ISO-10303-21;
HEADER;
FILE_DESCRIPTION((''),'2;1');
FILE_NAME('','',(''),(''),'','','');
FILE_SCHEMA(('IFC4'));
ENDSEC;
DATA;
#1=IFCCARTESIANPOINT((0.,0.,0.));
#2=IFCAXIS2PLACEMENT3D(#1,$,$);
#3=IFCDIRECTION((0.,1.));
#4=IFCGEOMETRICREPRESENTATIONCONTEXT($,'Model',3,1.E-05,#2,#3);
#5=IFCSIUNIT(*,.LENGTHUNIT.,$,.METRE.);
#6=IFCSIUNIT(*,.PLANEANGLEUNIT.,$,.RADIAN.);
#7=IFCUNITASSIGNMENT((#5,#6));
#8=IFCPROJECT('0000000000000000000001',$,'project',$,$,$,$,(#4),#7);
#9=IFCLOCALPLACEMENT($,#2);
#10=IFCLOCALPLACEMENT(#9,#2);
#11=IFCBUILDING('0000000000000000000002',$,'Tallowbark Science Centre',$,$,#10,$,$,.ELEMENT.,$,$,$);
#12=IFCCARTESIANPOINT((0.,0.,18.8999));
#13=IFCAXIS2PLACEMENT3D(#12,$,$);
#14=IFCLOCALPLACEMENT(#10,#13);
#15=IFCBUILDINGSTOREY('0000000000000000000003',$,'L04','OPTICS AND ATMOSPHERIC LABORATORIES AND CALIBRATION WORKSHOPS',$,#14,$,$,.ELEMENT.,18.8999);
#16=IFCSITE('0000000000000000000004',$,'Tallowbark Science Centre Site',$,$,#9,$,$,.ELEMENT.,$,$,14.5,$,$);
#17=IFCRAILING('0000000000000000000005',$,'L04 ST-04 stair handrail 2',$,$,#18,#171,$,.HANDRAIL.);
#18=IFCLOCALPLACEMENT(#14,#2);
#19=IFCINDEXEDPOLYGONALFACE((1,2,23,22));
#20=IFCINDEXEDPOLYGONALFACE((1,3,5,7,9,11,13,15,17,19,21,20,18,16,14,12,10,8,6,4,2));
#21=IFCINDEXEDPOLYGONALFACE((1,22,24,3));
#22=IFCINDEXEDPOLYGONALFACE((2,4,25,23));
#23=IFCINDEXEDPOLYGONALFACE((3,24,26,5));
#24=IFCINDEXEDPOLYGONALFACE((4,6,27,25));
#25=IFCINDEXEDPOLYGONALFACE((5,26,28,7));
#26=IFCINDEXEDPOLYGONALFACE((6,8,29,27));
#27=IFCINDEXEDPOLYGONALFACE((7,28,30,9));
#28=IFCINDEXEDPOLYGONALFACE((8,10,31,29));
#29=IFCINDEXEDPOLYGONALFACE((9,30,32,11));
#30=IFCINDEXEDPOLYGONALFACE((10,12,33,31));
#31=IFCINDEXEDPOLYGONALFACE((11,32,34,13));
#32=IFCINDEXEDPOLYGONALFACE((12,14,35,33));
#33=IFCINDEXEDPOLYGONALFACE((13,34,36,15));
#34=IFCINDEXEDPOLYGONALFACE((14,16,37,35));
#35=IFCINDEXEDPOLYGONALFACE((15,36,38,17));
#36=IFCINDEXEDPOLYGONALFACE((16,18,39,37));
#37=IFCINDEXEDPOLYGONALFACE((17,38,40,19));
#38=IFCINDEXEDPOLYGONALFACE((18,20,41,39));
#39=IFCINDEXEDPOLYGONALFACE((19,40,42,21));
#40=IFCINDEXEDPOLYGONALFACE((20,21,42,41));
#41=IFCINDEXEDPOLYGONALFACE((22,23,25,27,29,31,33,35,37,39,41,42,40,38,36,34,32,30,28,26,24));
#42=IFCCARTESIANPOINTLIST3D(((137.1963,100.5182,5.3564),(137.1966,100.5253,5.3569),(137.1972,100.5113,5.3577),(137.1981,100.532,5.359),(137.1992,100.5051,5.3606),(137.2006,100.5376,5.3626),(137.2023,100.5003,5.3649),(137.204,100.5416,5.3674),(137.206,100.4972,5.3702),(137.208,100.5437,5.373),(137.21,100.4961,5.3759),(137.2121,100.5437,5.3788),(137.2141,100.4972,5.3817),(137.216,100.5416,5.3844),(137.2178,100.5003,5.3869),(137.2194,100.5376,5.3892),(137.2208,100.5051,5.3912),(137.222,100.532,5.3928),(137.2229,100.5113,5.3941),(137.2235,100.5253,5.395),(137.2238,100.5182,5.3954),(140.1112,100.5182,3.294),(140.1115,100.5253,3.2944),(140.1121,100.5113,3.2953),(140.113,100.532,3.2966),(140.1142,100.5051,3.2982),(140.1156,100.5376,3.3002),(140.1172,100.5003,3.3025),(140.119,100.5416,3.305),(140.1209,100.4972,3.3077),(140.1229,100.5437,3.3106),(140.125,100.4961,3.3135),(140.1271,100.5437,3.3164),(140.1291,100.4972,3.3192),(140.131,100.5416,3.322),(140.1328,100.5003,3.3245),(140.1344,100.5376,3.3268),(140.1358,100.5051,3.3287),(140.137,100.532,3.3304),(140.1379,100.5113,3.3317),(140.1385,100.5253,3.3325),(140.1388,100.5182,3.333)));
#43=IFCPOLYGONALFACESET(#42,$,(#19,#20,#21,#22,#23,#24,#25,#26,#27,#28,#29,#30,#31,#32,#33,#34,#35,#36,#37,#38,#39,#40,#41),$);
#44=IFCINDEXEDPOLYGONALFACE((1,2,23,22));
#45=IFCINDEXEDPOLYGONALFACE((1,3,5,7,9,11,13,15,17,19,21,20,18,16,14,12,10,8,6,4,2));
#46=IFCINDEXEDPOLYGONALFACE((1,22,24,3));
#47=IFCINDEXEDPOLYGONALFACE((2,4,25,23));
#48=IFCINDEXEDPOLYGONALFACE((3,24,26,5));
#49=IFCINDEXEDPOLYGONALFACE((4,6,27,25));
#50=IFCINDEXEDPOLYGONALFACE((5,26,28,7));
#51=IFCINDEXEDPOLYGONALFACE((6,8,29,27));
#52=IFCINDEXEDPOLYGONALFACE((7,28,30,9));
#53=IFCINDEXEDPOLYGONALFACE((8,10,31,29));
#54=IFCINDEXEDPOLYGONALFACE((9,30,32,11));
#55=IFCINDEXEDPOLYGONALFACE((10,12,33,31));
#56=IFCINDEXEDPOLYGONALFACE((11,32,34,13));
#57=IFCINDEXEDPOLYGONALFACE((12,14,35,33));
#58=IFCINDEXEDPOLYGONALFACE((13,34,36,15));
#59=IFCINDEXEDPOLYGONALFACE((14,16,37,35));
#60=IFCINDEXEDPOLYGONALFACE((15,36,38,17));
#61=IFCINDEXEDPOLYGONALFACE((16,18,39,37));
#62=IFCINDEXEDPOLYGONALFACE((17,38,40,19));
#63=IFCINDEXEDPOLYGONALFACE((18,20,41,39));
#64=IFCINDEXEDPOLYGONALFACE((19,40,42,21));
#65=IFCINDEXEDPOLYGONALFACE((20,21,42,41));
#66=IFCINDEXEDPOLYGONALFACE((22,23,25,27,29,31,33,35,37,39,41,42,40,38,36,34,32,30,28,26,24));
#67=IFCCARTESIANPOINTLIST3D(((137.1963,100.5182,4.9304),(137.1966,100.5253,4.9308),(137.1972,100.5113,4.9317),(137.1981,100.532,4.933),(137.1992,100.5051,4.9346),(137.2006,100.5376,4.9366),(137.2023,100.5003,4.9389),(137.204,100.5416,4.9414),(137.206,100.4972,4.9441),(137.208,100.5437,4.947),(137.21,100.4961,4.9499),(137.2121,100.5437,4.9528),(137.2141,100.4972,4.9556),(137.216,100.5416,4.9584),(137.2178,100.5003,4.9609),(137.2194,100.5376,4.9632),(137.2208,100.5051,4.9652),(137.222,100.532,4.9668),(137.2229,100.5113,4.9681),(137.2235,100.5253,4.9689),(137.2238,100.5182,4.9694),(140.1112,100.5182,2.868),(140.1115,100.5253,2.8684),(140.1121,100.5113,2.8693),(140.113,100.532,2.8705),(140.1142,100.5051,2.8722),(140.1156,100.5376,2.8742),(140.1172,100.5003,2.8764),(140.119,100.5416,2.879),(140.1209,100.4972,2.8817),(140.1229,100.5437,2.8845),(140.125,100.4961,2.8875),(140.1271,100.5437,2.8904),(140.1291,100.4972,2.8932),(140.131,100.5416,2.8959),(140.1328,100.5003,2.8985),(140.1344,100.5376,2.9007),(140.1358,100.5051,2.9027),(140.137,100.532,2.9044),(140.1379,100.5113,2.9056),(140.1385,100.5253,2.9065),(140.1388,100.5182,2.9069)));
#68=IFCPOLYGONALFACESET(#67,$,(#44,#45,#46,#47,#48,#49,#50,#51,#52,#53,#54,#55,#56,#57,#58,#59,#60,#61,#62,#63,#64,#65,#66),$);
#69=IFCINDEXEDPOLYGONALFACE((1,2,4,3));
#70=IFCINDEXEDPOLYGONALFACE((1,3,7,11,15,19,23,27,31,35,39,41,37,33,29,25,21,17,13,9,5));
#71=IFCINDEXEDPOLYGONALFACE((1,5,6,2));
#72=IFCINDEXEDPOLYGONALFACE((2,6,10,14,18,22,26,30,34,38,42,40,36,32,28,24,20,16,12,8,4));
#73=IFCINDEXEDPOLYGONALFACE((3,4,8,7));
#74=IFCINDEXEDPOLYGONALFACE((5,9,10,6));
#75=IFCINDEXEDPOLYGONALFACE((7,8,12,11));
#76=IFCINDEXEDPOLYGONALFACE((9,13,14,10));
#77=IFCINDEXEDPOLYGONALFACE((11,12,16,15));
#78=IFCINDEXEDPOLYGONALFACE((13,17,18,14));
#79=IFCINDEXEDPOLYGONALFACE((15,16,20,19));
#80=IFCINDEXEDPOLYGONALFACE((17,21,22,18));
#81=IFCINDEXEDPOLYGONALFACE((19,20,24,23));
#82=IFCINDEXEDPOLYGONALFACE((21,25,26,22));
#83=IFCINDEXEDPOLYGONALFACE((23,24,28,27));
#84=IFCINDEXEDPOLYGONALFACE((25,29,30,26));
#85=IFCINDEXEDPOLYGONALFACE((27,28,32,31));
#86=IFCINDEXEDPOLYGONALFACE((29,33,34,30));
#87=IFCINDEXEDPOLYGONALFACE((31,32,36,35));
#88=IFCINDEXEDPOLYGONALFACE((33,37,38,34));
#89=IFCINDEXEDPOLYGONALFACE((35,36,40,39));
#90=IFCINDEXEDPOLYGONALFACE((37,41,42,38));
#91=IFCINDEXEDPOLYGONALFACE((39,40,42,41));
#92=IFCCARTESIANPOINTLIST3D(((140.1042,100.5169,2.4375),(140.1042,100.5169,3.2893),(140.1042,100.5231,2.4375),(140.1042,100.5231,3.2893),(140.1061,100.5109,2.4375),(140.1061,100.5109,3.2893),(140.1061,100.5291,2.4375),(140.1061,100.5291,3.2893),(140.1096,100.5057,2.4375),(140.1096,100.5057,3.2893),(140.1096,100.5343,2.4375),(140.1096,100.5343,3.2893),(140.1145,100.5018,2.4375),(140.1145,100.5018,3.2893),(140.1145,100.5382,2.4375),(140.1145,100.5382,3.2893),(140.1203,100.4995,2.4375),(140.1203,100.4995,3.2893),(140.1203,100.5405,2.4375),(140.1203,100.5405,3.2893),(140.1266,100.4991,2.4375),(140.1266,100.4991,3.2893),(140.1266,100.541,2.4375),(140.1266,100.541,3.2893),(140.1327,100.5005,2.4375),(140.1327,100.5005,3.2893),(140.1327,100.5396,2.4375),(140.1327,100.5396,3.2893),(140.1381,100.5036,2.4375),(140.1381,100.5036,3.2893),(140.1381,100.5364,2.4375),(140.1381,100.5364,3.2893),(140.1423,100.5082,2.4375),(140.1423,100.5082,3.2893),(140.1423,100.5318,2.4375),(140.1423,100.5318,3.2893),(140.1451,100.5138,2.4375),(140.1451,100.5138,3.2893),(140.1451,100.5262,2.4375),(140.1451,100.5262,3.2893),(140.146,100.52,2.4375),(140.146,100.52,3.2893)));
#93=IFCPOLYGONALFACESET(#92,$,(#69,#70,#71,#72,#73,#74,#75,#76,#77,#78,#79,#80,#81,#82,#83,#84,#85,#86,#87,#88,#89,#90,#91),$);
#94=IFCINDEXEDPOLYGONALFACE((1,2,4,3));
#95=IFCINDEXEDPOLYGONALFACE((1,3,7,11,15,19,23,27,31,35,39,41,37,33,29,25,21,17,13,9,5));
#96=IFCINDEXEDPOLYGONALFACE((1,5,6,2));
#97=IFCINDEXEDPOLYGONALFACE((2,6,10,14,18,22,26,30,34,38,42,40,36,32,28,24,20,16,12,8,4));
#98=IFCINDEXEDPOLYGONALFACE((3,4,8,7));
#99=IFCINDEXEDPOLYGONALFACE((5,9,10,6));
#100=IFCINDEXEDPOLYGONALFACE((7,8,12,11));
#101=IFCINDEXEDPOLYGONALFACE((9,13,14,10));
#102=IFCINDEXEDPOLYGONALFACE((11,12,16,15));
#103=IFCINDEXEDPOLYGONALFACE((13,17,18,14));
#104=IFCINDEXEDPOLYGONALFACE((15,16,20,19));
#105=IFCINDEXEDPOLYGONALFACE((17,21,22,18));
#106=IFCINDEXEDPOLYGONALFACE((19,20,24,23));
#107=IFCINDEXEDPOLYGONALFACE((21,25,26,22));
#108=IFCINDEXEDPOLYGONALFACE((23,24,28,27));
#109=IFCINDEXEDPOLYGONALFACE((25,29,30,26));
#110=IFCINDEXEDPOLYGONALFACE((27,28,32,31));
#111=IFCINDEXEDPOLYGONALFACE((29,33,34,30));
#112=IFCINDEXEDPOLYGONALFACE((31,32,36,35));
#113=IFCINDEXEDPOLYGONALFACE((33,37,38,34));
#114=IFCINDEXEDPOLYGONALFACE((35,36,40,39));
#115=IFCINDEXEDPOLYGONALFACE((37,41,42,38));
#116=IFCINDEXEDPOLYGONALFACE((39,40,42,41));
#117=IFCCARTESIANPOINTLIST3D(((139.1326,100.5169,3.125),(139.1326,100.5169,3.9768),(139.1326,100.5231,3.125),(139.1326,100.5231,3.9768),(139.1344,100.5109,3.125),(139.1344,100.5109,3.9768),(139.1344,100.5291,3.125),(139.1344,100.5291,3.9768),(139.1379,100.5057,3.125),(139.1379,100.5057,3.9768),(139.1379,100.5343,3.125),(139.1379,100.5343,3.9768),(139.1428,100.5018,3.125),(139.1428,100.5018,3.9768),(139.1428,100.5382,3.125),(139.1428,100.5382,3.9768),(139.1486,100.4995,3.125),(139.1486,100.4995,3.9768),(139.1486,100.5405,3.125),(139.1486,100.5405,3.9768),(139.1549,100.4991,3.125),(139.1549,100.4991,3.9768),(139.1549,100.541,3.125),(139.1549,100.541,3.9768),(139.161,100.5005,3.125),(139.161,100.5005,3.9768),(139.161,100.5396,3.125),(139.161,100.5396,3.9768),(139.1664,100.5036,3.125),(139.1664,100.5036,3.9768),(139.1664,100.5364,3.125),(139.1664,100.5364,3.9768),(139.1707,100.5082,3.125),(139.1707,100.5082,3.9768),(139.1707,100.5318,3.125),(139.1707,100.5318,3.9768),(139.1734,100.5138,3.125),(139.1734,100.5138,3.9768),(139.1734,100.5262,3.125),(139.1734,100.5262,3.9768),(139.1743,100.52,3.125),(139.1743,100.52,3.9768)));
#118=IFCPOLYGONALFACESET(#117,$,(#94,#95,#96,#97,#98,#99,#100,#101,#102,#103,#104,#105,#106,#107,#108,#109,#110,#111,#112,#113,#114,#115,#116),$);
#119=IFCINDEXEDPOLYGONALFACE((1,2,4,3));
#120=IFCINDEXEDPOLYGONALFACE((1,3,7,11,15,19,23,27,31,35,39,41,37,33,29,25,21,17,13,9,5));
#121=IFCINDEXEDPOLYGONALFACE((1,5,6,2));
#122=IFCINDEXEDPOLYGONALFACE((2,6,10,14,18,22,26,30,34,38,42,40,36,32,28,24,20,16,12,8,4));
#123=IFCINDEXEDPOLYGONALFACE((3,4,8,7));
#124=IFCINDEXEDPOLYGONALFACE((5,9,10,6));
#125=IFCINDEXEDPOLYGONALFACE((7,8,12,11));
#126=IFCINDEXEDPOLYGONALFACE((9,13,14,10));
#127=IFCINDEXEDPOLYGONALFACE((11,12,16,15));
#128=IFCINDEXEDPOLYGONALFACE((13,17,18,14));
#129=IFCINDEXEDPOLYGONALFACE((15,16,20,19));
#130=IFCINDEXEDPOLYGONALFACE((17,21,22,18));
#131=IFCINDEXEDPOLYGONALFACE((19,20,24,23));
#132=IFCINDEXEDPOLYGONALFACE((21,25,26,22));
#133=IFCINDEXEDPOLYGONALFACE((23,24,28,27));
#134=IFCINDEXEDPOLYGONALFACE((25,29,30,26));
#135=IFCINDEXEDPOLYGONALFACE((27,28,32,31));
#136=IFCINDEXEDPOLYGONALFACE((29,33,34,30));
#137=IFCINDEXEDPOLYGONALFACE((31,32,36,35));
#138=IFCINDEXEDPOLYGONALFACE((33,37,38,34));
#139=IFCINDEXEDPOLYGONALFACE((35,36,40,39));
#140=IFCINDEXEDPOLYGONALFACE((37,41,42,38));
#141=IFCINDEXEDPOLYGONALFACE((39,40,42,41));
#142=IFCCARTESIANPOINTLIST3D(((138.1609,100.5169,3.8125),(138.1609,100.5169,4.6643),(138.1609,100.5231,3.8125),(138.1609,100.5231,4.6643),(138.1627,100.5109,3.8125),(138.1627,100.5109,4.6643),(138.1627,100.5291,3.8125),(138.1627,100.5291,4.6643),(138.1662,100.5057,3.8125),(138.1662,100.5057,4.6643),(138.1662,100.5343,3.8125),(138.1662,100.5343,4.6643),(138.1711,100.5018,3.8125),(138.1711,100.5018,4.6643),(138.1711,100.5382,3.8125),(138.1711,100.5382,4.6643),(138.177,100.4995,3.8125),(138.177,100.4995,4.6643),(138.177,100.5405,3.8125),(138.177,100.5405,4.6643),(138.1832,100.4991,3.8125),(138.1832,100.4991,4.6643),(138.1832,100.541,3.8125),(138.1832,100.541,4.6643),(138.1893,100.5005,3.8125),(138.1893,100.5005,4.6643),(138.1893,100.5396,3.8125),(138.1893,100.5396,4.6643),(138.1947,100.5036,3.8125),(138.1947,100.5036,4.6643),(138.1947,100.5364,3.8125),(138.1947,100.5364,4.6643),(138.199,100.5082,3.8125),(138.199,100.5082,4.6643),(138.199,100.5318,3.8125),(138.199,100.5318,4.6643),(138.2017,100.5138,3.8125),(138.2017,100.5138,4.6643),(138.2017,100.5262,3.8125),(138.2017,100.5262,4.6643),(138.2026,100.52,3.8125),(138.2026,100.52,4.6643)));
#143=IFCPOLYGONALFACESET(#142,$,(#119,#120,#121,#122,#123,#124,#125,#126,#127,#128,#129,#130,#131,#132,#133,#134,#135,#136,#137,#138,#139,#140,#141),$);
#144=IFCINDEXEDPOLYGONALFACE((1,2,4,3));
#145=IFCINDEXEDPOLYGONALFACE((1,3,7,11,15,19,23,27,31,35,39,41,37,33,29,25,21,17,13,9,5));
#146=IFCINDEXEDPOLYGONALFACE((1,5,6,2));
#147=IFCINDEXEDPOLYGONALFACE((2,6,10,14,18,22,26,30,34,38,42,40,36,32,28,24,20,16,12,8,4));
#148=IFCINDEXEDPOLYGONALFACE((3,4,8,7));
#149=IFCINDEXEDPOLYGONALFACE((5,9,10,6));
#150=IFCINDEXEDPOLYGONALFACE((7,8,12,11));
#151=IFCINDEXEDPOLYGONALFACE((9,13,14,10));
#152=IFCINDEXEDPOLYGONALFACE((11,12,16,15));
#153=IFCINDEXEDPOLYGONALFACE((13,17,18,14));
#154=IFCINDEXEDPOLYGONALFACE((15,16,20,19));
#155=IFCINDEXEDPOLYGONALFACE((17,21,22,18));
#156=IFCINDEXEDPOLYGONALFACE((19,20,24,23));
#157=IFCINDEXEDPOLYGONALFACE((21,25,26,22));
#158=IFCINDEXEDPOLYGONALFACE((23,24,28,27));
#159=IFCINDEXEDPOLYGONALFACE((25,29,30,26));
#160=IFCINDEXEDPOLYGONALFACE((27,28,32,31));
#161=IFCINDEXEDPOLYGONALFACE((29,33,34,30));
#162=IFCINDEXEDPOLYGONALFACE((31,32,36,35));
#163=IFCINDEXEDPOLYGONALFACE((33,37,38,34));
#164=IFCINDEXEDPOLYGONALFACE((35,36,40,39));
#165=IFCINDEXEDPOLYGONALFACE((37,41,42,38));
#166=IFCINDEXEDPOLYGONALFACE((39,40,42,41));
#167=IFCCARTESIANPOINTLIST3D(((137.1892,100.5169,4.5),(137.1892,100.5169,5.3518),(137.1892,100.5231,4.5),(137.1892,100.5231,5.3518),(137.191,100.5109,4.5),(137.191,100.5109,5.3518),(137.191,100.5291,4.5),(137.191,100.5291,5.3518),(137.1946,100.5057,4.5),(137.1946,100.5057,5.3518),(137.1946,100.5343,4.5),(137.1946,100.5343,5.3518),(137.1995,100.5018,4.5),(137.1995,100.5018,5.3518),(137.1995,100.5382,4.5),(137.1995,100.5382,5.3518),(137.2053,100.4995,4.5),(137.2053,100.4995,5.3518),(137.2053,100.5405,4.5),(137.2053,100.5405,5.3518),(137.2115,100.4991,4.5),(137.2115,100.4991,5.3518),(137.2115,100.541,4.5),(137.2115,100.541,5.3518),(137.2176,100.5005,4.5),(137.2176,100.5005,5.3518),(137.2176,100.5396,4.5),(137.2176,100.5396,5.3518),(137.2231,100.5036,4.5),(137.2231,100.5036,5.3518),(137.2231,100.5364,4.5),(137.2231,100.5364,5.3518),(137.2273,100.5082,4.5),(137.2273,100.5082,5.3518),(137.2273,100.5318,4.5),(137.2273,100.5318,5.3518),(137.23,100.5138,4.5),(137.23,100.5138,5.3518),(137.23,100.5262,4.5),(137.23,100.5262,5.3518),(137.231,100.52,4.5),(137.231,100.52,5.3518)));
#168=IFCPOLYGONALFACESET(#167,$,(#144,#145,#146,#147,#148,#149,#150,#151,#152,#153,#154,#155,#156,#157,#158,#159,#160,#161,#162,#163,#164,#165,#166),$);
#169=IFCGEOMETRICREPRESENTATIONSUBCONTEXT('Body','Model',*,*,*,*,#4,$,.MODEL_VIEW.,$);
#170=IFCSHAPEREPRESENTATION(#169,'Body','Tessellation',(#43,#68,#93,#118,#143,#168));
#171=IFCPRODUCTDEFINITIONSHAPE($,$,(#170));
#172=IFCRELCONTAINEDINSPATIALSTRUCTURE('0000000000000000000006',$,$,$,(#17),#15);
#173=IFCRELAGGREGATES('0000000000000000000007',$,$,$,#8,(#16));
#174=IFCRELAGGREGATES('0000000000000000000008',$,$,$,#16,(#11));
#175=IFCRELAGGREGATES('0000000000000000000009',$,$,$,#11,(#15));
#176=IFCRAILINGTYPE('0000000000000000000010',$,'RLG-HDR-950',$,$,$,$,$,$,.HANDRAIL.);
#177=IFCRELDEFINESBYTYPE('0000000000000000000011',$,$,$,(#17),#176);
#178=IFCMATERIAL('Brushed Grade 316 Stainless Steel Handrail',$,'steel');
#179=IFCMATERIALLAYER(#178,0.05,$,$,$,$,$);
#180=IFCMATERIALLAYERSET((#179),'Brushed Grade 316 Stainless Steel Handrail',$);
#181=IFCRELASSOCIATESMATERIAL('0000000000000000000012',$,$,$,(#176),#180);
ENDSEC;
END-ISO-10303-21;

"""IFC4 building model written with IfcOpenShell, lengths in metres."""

from ifc_helpers import new_model, si_unit, direction, frame, origin, origin_2d, place, context, subcontext, project, spatial, circle, extrude, material, layer, layer_set, type_object, element, save


model = new_model("IFC4")

# Units and contexts
model_context = context("Model", 3, precision=1e-05, world=origin(), true_north=direction((0.0, 1.0)))
body_context = subcontext(model_context, "Body", "Model", "MODEL_VIEW")
ifc_project = project(units=[si_unit("LENGTHUNIT", "METRE"), si_unit("PLANEANGLEUNIT", "RADIAN")], contexts=[model_context])

# Site, building, storey
site_placement = place(None, origin())
site = spatial("IfcSite", under=ifc_project, at=site_placement, Name="Tallowbark Science Centre Site", CompositionType="ELEMENT", RefElevation=14.5)
building_placement = place(site_placement, origin())
building = spatial("IfcBuilding", under=site, at=building_placement, Name="Tallowbark Science Centre", CompositionType="ELEMENT")
storey_placement = place(building_placement, frame((0.0, 0.0, 18.8999)))
storey = spatial("IfcBuildingStorey", under=building, at=storey_placement, Name="L04", Description="OPTICS AND ATMOSPHERIC LABORATORIES AND CALIBRATION WORKSHOPS", CompositionType="ELEMENT", Elevation=18.8999)

# Railing
ifc_material_1 = material(Name="Brushed Grade 316 Stainless Steel Handrail", Category="steel")
ifc_layer_1 = layer(ifc_material_1, 0.05)
ifc_layer_set_1 = layer_set([ifc_layer_1], Name="Brushed Grade 316 Stainless Steel Handrail")
railing_type_1 = type_object("IfcRailingType", Name="RLG-HDR-950", PredefinedType="HANDRAIL", material=ifc_layer_set_1)
railing_1_placement = place(storey_placement, frame((140.125, 100.52, 2.4375)))
element("IfcRailing", 1, at=railing_1_placement, inside=storey, type_object=railing_type_1, Name="L04 ST-04 stair handrail 2", PredefinedType="HANDRAIL", context=body_context, shape_type="SweptSolid", body=[
    extrude(circle(Radius=0.0239, at=origin_2d()), frame((0.0, 0.0, 0.876), z_axis=(-0.816331, 0.0, 0.577585), x_axis=(0.0, -1.0, 0.0)), (0.0, 0.0, 1.0), 3.5708),
    extrude(circle(Radius=0.0239, at=origin_2d()), frame((0.0, 0.0, 0.45), z_axis=(-0.816331, 0.0, 0.577585), x_axis=(0.0, -1.0, 0.0)), (0.0, 0.0, 1.0), 3.5708),
    extrude(circle(Radius=0.021, at=origin_2d()), origin(), (0.0, 0.0, 1.0), 0.8518),
    extrude(circle(Radius=0.021, at=origin_2d()), frame((-0.9717, 0.0, 0.6875)), (0.0, 0.0, 1.0), 0.8518),
    extrude(circle(Radius=0.021, at=origin_2d()), frame((-1.9434, 0.0, 1.375)), (0.0, 0.0, 1.0), 0.8518),
    extrude(circle(Radius=0.021, at=origin_2d()), frame((-2.915, 0.0, 2.0625)), (0.0, 0.0, 1.0), 0.8518),
])

save(model, "model.ifc")
